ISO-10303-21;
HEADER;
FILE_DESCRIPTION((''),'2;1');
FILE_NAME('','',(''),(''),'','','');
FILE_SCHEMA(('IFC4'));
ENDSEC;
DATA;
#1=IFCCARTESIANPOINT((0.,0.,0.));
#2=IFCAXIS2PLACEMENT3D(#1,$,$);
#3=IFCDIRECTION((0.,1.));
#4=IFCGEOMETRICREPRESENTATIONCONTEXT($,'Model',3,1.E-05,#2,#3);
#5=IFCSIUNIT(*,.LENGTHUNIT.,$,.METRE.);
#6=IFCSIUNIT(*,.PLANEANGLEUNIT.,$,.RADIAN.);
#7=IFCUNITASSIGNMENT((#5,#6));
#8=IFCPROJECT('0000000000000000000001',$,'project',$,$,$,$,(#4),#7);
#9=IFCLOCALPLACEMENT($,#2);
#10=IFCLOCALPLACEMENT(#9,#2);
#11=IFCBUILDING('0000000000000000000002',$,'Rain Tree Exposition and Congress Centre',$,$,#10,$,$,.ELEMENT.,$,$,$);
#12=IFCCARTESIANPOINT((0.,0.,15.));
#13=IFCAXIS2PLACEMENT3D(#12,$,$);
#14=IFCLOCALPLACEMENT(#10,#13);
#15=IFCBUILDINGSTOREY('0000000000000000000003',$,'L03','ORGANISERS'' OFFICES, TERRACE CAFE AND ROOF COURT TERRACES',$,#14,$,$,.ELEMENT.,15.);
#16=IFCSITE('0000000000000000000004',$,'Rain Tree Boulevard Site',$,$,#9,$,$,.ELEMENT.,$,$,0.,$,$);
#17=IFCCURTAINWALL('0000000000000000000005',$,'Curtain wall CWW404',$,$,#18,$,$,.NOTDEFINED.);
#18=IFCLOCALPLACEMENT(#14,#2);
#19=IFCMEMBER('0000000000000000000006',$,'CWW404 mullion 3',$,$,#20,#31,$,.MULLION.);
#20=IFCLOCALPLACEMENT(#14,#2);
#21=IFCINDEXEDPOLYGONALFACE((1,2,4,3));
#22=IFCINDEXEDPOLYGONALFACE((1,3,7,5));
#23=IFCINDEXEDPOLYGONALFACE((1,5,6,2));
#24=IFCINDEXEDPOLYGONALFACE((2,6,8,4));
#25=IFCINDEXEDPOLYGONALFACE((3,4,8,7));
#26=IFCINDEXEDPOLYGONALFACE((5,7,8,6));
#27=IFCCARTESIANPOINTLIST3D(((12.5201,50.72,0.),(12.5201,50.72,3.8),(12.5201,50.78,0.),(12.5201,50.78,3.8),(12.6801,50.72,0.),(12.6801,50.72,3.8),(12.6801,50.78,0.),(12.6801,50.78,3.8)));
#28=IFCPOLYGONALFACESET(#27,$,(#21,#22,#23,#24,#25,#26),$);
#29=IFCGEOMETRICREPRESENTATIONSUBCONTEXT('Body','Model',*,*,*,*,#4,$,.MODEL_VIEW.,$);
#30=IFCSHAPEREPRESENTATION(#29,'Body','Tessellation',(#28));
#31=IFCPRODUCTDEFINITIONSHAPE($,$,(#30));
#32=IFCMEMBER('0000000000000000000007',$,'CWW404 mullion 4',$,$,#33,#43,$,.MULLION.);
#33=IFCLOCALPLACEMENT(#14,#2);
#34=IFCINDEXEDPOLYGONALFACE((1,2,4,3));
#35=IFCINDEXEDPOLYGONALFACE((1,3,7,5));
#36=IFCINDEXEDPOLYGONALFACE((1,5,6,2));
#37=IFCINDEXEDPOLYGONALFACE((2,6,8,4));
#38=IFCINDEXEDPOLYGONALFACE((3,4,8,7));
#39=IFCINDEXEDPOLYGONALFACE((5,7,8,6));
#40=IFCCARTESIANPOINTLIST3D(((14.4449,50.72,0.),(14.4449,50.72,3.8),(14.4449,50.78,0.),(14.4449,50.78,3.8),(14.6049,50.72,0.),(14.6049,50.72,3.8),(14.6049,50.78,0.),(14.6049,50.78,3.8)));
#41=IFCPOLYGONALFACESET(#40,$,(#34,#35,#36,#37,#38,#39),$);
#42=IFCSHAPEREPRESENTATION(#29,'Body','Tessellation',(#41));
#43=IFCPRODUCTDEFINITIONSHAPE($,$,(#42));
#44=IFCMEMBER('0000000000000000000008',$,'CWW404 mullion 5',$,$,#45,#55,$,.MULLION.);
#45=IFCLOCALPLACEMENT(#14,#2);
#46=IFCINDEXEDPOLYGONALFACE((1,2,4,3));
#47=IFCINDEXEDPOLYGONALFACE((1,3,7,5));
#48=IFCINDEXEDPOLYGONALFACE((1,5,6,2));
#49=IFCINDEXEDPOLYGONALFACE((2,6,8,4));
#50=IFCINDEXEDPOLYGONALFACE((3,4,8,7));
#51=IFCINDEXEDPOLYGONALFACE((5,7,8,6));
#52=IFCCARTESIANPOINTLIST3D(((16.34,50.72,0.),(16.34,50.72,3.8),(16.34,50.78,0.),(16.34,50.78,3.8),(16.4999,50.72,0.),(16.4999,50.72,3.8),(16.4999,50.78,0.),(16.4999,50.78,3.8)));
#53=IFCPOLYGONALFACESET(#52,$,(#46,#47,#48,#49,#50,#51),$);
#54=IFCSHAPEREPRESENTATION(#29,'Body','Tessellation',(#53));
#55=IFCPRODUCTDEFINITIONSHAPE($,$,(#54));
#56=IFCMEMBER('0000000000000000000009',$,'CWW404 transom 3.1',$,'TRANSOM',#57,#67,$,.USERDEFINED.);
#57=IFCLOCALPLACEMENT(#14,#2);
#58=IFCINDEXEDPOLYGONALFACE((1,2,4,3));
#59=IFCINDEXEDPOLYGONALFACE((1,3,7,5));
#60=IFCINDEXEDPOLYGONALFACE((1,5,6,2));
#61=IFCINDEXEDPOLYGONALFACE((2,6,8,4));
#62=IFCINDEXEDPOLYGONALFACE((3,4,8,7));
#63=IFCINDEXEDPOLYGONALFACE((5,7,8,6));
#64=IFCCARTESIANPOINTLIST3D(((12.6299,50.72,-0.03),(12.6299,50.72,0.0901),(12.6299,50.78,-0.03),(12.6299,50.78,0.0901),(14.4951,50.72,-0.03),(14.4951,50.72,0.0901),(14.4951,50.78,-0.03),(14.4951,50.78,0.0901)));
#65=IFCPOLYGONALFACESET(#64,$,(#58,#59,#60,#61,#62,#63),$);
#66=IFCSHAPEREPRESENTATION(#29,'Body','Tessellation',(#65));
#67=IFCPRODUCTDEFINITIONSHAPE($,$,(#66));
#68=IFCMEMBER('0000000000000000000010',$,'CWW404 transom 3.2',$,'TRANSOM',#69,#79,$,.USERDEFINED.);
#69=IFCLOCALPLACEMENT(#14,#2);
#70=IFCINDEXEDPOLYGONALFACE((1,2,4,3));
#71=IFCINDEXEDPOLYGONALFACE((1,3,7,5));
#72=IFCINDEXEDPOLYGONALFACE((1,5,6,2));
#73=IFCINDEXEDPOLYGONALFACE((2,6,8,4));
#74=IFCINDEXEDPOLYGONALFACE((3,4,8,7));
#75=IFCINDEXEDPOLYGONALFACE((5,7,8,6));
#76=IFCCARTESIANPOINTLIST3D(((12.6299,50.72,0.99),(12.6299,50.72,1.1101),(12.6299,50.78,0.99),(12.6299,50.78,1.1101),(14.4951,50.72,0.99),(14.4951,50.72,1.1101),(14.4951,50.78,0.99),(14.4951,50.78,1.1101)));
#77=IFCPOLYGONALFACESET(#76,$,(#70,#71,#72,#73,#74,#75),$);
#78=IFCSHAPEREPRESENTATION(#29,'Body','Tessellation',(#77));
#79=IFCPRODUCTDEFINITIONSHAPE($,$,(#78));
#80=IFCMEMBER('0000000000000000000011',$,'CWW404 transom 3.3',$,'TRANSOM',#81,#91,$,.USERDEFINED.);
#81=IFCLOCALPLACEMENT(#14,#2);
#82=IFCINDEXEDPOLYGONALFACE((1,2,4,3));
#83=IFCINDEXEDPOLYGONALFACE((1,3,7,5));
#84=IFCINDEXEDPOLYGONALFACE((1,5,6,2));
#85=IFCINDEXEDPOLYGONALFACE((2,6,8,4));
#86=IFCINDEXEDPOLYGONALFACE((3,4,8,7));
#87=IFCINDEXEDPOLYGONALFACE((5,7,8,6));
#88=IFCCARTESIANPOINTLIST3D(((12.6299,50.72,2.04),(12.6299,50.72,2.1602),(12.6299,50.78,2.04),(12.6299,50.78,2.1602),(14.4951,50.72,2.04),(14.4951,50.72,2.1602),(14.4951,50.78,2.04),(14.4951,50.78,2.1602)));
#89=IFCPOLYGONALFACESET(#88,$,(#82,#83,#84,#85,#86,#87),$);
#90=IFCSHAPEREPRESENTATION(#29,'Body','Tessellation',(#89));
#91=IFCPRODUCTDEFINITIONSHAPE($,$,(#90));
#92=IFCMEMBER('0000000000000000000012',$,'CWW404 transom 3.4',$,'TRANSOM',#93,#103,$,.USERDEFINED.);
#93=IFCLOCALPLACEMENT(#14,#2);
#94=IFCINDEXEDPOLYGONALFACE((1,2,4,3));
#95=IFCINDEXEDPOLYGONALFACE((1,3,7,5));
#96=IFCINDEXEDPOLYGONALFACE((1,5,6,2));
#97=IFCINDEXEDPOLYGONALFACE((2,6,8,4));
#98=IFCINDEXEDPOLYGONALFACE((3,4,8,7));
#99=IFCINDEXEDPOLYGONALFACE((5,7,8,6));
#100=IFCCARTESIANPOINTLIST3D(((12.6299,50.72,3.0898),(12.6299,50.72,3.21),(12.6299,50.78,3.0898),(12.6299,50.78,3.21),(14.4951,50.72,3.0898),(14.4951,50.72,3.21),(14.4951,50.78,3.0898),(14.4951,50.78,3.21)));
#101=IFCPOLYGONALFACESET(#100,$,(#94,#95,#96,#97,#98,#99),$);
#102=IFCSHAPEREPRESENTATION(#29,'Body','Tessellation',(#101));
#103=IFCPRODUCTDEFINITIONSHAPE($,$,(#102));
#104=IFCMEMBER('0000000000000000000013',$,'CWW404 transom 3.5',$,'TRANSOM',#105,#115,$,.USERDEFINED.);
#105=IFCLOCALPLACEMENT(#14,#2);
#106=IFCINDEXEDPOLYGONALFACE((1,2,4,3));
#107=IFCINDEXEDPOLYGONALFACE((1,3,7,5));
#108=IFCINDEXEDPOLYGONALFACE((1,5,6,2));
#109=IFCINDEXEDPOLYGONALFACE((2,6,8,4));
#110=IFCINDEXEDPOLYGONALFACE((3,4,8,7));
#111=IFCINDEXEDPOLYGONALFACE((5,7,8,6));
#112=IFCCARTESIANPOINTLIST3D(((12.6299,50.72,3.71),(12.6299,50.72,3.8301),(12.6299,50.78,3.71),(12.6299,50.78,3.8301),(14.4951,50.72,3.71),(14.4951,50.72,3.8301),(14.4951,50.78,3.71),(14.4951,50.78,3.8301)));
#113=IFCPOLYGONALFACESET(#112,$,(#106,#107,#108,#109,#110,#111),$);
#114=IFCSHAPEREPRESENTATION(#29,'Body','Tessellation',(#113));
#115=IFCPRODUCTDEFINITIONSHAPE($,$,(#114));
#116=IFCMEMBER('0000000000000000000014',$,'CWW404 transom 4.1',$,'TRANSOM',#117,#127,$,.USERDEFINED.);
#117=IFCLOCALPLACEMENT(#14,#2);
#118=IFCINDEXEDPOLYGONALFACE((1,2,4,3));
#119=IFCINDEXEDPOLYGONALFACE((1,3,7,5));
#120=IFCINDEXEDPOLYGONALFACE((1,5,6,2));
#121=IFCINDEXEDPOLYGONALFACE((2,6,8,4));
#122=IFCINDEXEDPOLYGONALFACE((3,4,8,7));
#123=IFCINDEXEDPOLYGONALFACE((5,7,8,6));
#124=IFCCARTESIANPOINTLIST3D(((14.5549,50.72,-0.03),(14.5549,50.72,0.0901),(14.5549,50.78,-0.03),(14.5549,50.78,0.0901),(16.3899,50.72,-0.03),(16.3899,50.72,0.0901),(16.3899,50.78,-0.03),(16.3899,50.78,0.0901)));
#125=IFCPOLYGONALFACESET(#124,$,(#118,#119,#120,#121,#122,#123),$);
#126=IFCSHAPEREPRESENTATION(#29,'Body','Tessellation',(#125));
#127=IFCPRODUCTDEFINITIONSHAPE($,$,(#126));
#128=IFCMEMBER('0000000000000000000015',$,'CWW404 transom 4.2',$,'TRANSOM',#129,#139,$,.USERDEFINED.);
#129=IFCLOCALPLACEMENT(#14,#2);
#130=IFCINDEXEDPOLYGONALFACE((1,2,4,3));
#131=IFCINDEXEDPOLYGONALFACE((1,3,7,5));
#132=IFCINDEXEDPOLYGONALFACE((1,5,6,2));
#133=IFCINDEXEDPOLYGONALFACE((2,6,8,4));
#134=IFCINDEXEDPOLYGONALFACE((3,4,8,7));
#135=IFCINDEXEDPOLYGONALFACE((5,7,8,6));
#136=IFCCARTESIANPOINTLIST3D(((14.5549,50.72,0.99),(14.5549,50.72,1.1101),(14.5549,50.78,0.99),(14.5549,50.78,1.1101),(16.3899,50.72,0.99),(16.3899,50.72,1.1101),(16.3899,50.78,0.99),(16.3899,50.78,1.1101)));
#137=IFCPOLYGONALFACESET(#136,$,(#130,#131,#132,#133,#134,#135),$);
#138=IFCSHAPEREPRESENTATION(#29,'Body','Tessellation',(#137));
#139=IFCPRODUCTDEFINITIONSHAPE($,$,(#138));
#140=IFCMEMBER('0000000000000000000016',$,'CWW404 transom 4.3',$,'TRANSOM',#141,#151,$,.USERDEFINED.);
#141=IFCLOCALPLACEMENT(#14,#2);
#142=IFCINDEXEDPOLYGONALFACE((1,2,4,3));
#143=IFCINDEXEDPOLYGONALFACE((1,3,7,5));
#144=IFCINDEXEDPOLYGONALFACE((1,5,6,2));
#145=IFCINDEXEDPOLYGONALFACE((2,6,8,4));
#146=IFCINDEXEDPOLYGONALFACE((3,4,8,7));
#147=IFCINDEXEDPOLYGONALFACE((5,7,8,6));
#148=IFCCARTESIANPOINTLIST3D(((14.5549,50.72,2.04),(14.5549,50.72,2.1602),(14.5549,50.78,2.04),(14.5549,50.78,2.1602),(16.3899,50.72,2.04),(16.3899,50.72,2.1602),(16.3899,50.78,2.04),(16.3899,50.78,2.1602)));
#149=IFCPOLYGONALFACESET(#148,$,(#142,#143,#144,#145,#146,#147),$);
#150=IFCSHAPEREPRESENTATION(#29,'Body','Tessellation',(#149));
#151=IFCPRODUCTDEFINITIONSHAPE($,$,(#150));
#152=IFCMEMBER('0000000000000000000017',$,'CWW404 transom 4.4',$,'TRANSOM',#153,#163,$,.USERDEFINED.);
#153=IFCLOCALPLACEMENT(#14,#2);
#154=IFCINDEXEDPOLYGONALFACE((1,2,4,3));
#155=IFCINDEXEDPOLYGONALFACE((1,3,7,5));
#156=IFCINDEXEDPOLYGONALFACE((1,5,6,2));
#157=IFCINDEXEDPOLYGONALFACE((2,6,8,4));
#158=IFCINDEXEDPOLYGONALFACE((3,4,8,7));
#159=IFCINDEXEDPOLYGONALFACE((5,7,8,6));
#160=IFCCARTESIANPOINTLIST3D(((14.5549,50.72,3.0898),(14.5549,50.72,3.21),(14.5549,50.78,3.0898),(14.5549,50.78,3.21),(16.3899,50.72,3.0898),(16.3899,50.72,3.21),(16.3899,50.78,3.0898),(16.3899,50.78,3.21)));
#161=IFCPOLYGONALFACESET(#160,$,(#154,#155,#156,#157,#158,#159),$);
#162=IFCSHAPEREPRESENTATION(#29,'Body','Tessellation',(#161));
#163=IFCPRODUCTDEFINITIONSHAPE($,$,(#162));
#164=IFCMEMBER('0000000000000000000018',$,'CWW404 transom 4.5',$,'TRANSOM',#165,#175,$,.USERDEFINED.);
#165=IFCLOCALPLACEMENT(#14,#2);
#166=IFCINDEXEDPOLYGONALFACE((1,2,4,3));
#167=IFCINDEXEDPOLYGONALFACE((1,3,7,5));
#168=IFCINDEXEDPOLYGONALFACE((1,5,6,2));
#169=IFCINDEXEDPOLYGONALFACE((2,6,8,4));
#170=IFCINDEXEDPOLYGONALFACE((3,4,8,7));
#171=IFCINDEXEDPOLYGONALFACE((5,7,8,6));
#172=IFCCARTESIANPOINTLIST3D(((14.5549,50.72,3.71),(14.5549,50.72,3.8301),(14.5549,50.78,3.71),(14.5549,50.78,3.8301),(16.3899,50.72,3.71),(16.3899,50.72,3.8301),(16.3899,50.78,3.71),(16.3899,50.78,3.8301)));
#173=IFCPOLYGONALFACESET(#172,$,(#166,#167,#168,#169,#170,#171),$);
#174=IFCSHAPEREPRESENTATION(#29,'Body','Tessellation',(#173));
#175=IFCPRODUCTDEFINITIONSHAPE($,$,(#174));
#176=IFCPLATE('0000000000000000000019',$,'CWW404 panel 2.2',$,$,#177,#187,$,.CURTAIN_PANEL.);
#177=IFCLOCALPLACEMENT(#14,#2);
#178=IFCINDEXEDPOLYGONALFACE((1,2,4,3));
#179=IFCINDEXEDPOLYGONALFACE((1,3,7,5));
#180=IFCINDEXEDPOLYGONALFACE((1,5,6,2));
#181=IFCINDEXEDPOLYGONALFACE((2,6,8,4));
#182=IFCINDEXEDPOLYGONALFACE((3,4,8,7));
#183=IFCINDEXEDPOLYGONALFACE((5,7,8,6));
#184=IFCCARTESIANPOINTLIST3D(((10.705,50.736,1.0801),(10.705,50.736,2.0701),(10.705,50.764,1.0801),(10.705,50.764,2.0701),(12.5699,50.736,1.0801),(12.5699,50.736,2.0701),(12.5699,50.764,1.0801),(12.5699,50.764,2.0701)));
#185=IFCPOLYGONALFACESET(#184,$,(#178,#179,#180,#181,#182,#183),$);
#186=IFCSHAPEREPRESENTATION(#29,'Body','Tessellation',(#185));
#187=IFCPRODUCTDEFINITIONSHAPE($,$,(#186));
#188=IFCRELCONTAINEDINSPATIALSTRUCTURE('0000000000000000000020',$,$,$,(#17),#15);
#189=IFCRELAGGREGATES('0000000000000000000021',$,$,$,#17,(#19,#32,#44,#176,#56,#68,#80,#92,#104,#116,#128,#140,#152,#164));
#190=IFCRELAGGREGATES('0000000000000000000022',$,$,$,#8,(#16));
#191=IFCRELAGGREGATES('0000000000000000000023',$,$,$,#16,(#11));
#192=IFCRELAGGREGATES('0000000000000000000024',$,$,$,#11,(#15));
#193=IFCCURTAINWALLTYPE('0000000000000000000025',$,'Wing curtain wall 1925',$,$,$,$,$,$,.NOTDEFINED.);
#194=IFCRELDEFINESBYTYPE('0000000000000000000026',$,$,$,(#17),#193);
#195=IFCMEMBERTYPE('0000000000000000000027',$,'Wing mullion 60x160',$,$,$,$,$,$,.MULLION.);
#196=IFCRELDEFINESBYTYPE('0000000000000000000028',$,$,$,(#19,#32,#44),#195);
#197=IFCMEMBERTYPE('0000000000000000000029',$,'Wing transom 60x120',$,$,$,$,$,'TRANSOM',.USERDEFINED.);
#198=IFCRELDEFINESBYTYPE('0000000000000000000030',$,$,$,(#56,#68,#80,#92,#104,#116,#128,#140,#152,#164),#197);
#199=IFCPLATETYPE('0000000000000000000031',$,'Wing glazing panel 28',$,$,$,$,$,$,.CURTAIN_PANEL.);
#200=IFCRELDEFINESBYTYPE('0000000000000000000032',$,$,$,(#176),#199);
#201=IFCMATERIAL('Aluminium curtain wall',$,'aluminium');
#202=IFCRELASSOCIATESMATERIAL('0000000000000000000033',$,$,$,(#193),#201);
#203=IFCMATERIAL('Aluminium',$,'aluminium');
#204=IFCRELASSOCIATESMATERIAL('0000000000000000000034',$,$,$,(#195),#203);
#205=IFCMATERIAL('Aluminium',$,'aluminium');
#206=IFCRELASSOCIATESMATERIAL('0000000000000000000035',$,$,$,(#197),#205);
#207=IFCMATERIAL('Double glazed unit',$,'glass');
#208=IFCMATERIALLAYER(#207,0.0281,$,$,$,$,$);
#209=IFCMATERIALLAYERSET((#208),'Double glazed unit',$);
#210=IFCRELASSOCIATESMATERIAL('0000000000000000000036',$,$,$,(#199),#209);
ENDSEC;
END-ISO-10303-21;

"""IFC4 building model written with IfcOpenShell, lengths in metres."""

from ifc_helpers import new_model, si_unit, direction, frame, origin, origin_2d, place, context, subcontext, project, spatial, rectangle, extrude, material, layer, layer_set, material_profile, profile_set, type_object, element, aggregate, save


model = new_model("IFC4")

# Units and contexts
model_context = context("Model", 3, precision=1e-05, world=origin(), true_north=direction((0.0, 1.0)))
body_context = subcontext(model_context, "Body", "Model", "MODEL_VIEW")
ifc_project = project(units=[si_unit("LENGTHUNIT", "METRE"), si_unit("PLANEANGLEUNIT", "RADIAN")], contexts=[model_context])

# Site, building, storey
site_placement = place(None, origin())
site = spatial("IfcSite", under=ifc_project, at=site_placement, Name="Rain Tree Boulevard Site", CompositionType="ELEMENT", RefElevation=0.0)
building_placement = place(site_placement, origin())
building = spatial("IfcBuilding", under=site, at=building_placement, Name="Rain Tree Exposition and Congress Centre", CompositionType="ELEMENT")
storey_placement = place(building_placement, frame((0.0, 0.0, 15.0)))
storey = spatial("IfcBuildingStorey", under=building, at=storey_placement, Name="L03", Description="ORGANISERS' OFFICES, TERRACE CAFE AND ROOF COURT TERRACES", CompositionType="ELEMENT", Elevation=15.0)

# Curtain wall, members, plate
ifc_material_1 = material(Name="Aluminium curtain wall", Category="aluminium")
curtain_wall_type = type_object("IfcCurtainWallType", Name="Wing curtain wall 1925", PredefinedType="NOTDEFINED", material=ifc_material_1)
curtain_wall_placement = place(storey_placement, origin())
curtain_wall = element("IfcCurtainWall", 1, at=curtain_wall_placement, inside=storey, type_object=curtain_wall_type, Name="Curtain wall CWW404", PredefinedType="NOTDEFINED")
ifc_material_2 = material(Name="Aluminium", Category="aluminium")
ifc_material_profile_1 = material_profile(ifc_material_2, rectangle(XDim=0.0601, YDim=0.1599, at=origin_2d()), Name="Aluminium 60x160")
ifc_profile_set_1 = profile_set([ifc_material_profile_1], Name="Aluminium")
member_type_1 = type_object("IfcMemberType", Name="Wing mullion 60x160", PredefinedType="MULLION", material=ifc_profile_set_1)
member_1_placement = place(storey_placement, frame((12.6001, 50.75, 0.0), z_axis=(0.0, 0.0, 1.0), x_axis=(0.0, 1.0, 0.0)))
member_1 = element("IfcMember", 2, at=member_1_placement, type_object=member_type_1, Name="CWW404 mullion 3", PredefinedType="MULLION", context=body_context, shape_type="SweptSolid", body=[
    extrude(rectangle(XDim=0.0601, YDim=0.1599, at=origin_2d()), origin(), (0.0, 0.0, 1.0), 3.8),
])
member_2_placement = place(storey_placement, frame((14.5249, 50.75, 0.0), z_axis=(0.0, 0.0, 1.0), x_axis=(0.0, 1.0, 0.0)))
member_2 = element("IfcMember", 3, at=member_2_placement, type_object=member_type_1, Name="CWW404 mullion 4", PredefinedType="MULLION", context=body_context, shape_type="SweptSolid", body=[
    extrude(rectangle(XDim=0.0601, YDim=0.1599, at=origin_2d()), origin(), (0.0, 0.0, 1.0), 3.8),
])
member_3_placement = place(storey_placement, frame((16.4199, 50.75, 0.0), z_axis=(0.0, 0.0, 1.0), x_axis=(0.0, 1.0, 0.0)))
member_3 = element("IfcMember", 4, at=member_3_placement, type_object=member_type_1, Name="CWW404 mullion 5", PredefinedType="MULLION", context=body_context, shape_type="SweptSolid", body=[
    extrude(rectangle(XDim=0.0601, YDim=0.1599, at=origin_2d()), origin(), (0.0, 0.0, 1.0), 3.8),
])
ifc_material_3 = material(Name="Aluminium", Category="aluminium")
ifc_material_profile_2 = material_profile(ifc_material_3, rectangle(XDim=0.0601, YDim=0.1201, at=origin_2d()), Name="Aluminium 60x120")
ifc_profile_set_2 = profile_set([ifc_material_profile_2], Name="Aluminium")
member_type_2 = type_object("IfcMemberType", Name="Wing transom 60x120", ElementType="TRANSOM", PredefinedType="USERDEFINED", material=ifc_profile_set_2)
member_4_placement = place(storey_placement, frame((12.6299, 50.75, 0.03), z_axis=(1.0, 0.0, 0.0), x_axis=(0.0, 1.0, 0.0)))
member_4 = element("IfcMember", 5, at=member_4_placement, type_object=member_type_2, Name="CWW404 transom 3.1", ObjectType="TRANSOM", PredefinedType="USERDEFINED", context=body_context, shape_type="SweptSolid", body=[
    extrude(rectangle(XDim=0.0601, YDim=0.1201, at=origin_2d()), origin(), (0.0, 0.0, 1.0), 1.8652),
])
member_5_placement = place(storey_placement, frame((12.6299, 50.75, 1.05), z_axis=(1.0, 0.0, 0.0), x_axis=(0.0, 1.0, 0.0)))
member_5 = element("IfcMember", 6, at=member_5_placement, type_object=member_type_2, Name="CWW404 transom 3.2", ObjectType="TRANSOM", PredefinedType="USERDEFINED", context=body_context, shape_type="SweptSolid", body=[
    extrude(rectangle(XDim=0.0601, YDim=0.1201, at=origin_2d()), origin(), (0.0, 0.0, 1.0), 1.8652),
])
member_6_placement = place(storey_placement, frame((12.6299, 50.75, 2.1001), z_axis=(1.0, 0.0, 0.0), x_axis=(0.0, 1.0, 0.0)))
member_6 = element("IfcMember", 7, at=member_6_placement, type_object=member_type_2, Name="CWW404 transom 3.3", ObjectType="TRANSOM", PredefinedType="USERDEFINED", context=body_context, shape_type="SweptSolid", body=[
    extrude(rectangle(XDim=0.0601, YDim=0.1201, at=origin_2d()), origin(), (0.0, 0.0, 1.0), 1.8652),
])
member_7_placement = place(storey_placement, frame((12.6299, 50.75, 3.1499), z_axis=(1.0, 0.0, 0.0), x_axis=(0.0, 1.0, 0.0)))
member_7 = element("IfcMember", 8, at=member_7_placement, type_object=member_type_2, Name="CWW404 transom 3.4", ObjectType="TRANSOM", PredefinedType="USERDEFINED", context=body_context, shape_type="SweptSolid", body=[
    extrude(rectangle(XDim=0.0601, YDim=0.1201, at=origin_2d()), origin(), (0.0, 0.0, 1.0), 1.8652),
])
member_8_placement = place(storey_placement, frame((12.6299, 50.75, 3.77), z_axis=(1.0, 0.0, 0.0), x_axis=(0.0, 1.0, 0.0)))
member_8 = element("IfcMember", 9, at=member_8_placement, type_object=member_type_2, Name="CWW404 transom 3.5", ObjectType="TRANSOM", PredefinedType="USERDEFINED", context=body_context, shape_type="SweptSolid", body=[
    extrude(rectangle(XDim=0.0601, YDim=0.1201, at=origin_2d()), origin(), (0.0, 0.0, 1.0), 1.8652),
])
member_9_placement = place(storey_placement, frame((14.5549, 50.75, 0.03), z_axis=(1.0, 0.0, 0.0), x_axis=(0.0, 1.0, 0.0)))
member_9 = element("IfcMember", 10, at=member_9_placement, type_object=member_type_2, Name="CWW404 transom 4.1", ObjectType="TRANSOM", PredefinedType="USERDEFINED", context=body_context, shape_type="SweptSolid", body=[
    extrude(rectangle(XDim=0.0601, YDim=0.1201, at=origin_2d()), origin(), (0.0, 0.0, 1.0), 1.835),
])
member_10_placement = place(storey_placement, frame((14.5549, 50.75, 1.05), z_axis=(1.0, 0.0, 0.0), x_axis=(0.0, 1.0, 0.0)))
member_10 = element("IfcMember", 11, at=member_10_placement, type_object=member_type_2, Name="CWW404 transom 4.2", ObjectType="TRANSOM", PredefinedType="USERDEFINED", context=body_context, shape_type="SweptSolid", body=[
    extrude(rectangle(XDim=0.0601, YDim=0.1201, at=origin_2d()), origin(), (0.0, 0.0, 1.0), 1.835),
])
member_11_placement = place(storey_placement, frame((14.5549, 50.75, 2.1001), z_axis=(1.0, 0.0, 0.0), x_axis=(0.0, 1.0, 0.0)))
member_11 = element("IfcMember", 12, at=member_11_placement, type_object=member_type_2, Name="CWW404 transom 4.3", ObjectType="TRANSOM", PredefinedType="USERDEFINED", context=body_context, shape_type="SweptSolid", body=[
    extrude(rectangle(XDim=0.0601, YDim=0.1201, at=origin_2d()), origin(), (0.0, 0.0, 1.0), 1.835),
])
member_12_placement = place(storey_placement, frame((14.5549, 50.75, 3.1499), z_axis=(1.0, 0.0, 0.0), x_axis=(0.0, 1.0, 0.0)))
member_12 = element("IfcMember", 13, at=member_12_placement, type_object=member_type_2, Name="CWW404 transom 4.4", ObjectType="TRANSOM", PredefinedType="USERDEFINED", context=body_context, shape_type="SweptSolid", body=[
    extrude(rectangle(XDim=0.0601, YDim=0.1201, at=origin_2d()), origin(), (0.0, 0.0, 1.0), 1.835),
])
member_13_placement = place(storey_placement, frame((14.5549, 50.75, 3.77), z_axis=(1.0, 0.0, 0.0), x_axis=(0.0, 1.0, 0.0)))
member_13 = element("IfcMember", 14, at=member_13_placement, type_object=member_type_2, Name="CWW404 transom 4.5", ObjectType="TRANSOM", PredefinedType="USERDEFINED", context=body_context, shape_type="SweptSolid", body=[
    extrude(rectangle(XDim=0.0601, YDim=0.1201, at=origin_2d()), origin(), (0.0, 0.0, 1.0), 1.835),
])
ifc_material_4 = material(Name="Double glazed unit", Category="glass")
ifc_layer_1 = layer(ifc_material_4, 0.0281)
ifc_layer_set_1 = layer_set([ifc_layer_1], Name="Double glazed unit")
plate_type = type_object("IfcPlateType", Name="Wing glazing panel 28", PredefinedType="CURTAIN_PANEL", material=ifc_layer_set_1)
plate_1_placement = place(storey_placement, frame((11.6375, 50.75, 1.0801), z_axis=(0.0, 0.0, 1.0), x_axis=(1.0, 0.0, 0.0)))
plate_1 = element("IfcPlate", 15, at=plate_1_placement, type_object=plate_type, Name="CWW404 panel 2.2", PredefinedType="CURTAIN_PANEL", context=body_context, shape_type="SweptSolid", body=[
    extrude(rectangle(XDim=1.865, YDim=0.0281, at=origin_2d()), origin(), (0.0, 0.0, 1.0), 0.99),
])
aggregate(curtain_wall, [member_1, member_2, member_3, plate_1, member_4, member_5, member_6, member_7, member_8, member_9, member_10, member_11, member_12, member_13])

save(model, "model.ifc")
